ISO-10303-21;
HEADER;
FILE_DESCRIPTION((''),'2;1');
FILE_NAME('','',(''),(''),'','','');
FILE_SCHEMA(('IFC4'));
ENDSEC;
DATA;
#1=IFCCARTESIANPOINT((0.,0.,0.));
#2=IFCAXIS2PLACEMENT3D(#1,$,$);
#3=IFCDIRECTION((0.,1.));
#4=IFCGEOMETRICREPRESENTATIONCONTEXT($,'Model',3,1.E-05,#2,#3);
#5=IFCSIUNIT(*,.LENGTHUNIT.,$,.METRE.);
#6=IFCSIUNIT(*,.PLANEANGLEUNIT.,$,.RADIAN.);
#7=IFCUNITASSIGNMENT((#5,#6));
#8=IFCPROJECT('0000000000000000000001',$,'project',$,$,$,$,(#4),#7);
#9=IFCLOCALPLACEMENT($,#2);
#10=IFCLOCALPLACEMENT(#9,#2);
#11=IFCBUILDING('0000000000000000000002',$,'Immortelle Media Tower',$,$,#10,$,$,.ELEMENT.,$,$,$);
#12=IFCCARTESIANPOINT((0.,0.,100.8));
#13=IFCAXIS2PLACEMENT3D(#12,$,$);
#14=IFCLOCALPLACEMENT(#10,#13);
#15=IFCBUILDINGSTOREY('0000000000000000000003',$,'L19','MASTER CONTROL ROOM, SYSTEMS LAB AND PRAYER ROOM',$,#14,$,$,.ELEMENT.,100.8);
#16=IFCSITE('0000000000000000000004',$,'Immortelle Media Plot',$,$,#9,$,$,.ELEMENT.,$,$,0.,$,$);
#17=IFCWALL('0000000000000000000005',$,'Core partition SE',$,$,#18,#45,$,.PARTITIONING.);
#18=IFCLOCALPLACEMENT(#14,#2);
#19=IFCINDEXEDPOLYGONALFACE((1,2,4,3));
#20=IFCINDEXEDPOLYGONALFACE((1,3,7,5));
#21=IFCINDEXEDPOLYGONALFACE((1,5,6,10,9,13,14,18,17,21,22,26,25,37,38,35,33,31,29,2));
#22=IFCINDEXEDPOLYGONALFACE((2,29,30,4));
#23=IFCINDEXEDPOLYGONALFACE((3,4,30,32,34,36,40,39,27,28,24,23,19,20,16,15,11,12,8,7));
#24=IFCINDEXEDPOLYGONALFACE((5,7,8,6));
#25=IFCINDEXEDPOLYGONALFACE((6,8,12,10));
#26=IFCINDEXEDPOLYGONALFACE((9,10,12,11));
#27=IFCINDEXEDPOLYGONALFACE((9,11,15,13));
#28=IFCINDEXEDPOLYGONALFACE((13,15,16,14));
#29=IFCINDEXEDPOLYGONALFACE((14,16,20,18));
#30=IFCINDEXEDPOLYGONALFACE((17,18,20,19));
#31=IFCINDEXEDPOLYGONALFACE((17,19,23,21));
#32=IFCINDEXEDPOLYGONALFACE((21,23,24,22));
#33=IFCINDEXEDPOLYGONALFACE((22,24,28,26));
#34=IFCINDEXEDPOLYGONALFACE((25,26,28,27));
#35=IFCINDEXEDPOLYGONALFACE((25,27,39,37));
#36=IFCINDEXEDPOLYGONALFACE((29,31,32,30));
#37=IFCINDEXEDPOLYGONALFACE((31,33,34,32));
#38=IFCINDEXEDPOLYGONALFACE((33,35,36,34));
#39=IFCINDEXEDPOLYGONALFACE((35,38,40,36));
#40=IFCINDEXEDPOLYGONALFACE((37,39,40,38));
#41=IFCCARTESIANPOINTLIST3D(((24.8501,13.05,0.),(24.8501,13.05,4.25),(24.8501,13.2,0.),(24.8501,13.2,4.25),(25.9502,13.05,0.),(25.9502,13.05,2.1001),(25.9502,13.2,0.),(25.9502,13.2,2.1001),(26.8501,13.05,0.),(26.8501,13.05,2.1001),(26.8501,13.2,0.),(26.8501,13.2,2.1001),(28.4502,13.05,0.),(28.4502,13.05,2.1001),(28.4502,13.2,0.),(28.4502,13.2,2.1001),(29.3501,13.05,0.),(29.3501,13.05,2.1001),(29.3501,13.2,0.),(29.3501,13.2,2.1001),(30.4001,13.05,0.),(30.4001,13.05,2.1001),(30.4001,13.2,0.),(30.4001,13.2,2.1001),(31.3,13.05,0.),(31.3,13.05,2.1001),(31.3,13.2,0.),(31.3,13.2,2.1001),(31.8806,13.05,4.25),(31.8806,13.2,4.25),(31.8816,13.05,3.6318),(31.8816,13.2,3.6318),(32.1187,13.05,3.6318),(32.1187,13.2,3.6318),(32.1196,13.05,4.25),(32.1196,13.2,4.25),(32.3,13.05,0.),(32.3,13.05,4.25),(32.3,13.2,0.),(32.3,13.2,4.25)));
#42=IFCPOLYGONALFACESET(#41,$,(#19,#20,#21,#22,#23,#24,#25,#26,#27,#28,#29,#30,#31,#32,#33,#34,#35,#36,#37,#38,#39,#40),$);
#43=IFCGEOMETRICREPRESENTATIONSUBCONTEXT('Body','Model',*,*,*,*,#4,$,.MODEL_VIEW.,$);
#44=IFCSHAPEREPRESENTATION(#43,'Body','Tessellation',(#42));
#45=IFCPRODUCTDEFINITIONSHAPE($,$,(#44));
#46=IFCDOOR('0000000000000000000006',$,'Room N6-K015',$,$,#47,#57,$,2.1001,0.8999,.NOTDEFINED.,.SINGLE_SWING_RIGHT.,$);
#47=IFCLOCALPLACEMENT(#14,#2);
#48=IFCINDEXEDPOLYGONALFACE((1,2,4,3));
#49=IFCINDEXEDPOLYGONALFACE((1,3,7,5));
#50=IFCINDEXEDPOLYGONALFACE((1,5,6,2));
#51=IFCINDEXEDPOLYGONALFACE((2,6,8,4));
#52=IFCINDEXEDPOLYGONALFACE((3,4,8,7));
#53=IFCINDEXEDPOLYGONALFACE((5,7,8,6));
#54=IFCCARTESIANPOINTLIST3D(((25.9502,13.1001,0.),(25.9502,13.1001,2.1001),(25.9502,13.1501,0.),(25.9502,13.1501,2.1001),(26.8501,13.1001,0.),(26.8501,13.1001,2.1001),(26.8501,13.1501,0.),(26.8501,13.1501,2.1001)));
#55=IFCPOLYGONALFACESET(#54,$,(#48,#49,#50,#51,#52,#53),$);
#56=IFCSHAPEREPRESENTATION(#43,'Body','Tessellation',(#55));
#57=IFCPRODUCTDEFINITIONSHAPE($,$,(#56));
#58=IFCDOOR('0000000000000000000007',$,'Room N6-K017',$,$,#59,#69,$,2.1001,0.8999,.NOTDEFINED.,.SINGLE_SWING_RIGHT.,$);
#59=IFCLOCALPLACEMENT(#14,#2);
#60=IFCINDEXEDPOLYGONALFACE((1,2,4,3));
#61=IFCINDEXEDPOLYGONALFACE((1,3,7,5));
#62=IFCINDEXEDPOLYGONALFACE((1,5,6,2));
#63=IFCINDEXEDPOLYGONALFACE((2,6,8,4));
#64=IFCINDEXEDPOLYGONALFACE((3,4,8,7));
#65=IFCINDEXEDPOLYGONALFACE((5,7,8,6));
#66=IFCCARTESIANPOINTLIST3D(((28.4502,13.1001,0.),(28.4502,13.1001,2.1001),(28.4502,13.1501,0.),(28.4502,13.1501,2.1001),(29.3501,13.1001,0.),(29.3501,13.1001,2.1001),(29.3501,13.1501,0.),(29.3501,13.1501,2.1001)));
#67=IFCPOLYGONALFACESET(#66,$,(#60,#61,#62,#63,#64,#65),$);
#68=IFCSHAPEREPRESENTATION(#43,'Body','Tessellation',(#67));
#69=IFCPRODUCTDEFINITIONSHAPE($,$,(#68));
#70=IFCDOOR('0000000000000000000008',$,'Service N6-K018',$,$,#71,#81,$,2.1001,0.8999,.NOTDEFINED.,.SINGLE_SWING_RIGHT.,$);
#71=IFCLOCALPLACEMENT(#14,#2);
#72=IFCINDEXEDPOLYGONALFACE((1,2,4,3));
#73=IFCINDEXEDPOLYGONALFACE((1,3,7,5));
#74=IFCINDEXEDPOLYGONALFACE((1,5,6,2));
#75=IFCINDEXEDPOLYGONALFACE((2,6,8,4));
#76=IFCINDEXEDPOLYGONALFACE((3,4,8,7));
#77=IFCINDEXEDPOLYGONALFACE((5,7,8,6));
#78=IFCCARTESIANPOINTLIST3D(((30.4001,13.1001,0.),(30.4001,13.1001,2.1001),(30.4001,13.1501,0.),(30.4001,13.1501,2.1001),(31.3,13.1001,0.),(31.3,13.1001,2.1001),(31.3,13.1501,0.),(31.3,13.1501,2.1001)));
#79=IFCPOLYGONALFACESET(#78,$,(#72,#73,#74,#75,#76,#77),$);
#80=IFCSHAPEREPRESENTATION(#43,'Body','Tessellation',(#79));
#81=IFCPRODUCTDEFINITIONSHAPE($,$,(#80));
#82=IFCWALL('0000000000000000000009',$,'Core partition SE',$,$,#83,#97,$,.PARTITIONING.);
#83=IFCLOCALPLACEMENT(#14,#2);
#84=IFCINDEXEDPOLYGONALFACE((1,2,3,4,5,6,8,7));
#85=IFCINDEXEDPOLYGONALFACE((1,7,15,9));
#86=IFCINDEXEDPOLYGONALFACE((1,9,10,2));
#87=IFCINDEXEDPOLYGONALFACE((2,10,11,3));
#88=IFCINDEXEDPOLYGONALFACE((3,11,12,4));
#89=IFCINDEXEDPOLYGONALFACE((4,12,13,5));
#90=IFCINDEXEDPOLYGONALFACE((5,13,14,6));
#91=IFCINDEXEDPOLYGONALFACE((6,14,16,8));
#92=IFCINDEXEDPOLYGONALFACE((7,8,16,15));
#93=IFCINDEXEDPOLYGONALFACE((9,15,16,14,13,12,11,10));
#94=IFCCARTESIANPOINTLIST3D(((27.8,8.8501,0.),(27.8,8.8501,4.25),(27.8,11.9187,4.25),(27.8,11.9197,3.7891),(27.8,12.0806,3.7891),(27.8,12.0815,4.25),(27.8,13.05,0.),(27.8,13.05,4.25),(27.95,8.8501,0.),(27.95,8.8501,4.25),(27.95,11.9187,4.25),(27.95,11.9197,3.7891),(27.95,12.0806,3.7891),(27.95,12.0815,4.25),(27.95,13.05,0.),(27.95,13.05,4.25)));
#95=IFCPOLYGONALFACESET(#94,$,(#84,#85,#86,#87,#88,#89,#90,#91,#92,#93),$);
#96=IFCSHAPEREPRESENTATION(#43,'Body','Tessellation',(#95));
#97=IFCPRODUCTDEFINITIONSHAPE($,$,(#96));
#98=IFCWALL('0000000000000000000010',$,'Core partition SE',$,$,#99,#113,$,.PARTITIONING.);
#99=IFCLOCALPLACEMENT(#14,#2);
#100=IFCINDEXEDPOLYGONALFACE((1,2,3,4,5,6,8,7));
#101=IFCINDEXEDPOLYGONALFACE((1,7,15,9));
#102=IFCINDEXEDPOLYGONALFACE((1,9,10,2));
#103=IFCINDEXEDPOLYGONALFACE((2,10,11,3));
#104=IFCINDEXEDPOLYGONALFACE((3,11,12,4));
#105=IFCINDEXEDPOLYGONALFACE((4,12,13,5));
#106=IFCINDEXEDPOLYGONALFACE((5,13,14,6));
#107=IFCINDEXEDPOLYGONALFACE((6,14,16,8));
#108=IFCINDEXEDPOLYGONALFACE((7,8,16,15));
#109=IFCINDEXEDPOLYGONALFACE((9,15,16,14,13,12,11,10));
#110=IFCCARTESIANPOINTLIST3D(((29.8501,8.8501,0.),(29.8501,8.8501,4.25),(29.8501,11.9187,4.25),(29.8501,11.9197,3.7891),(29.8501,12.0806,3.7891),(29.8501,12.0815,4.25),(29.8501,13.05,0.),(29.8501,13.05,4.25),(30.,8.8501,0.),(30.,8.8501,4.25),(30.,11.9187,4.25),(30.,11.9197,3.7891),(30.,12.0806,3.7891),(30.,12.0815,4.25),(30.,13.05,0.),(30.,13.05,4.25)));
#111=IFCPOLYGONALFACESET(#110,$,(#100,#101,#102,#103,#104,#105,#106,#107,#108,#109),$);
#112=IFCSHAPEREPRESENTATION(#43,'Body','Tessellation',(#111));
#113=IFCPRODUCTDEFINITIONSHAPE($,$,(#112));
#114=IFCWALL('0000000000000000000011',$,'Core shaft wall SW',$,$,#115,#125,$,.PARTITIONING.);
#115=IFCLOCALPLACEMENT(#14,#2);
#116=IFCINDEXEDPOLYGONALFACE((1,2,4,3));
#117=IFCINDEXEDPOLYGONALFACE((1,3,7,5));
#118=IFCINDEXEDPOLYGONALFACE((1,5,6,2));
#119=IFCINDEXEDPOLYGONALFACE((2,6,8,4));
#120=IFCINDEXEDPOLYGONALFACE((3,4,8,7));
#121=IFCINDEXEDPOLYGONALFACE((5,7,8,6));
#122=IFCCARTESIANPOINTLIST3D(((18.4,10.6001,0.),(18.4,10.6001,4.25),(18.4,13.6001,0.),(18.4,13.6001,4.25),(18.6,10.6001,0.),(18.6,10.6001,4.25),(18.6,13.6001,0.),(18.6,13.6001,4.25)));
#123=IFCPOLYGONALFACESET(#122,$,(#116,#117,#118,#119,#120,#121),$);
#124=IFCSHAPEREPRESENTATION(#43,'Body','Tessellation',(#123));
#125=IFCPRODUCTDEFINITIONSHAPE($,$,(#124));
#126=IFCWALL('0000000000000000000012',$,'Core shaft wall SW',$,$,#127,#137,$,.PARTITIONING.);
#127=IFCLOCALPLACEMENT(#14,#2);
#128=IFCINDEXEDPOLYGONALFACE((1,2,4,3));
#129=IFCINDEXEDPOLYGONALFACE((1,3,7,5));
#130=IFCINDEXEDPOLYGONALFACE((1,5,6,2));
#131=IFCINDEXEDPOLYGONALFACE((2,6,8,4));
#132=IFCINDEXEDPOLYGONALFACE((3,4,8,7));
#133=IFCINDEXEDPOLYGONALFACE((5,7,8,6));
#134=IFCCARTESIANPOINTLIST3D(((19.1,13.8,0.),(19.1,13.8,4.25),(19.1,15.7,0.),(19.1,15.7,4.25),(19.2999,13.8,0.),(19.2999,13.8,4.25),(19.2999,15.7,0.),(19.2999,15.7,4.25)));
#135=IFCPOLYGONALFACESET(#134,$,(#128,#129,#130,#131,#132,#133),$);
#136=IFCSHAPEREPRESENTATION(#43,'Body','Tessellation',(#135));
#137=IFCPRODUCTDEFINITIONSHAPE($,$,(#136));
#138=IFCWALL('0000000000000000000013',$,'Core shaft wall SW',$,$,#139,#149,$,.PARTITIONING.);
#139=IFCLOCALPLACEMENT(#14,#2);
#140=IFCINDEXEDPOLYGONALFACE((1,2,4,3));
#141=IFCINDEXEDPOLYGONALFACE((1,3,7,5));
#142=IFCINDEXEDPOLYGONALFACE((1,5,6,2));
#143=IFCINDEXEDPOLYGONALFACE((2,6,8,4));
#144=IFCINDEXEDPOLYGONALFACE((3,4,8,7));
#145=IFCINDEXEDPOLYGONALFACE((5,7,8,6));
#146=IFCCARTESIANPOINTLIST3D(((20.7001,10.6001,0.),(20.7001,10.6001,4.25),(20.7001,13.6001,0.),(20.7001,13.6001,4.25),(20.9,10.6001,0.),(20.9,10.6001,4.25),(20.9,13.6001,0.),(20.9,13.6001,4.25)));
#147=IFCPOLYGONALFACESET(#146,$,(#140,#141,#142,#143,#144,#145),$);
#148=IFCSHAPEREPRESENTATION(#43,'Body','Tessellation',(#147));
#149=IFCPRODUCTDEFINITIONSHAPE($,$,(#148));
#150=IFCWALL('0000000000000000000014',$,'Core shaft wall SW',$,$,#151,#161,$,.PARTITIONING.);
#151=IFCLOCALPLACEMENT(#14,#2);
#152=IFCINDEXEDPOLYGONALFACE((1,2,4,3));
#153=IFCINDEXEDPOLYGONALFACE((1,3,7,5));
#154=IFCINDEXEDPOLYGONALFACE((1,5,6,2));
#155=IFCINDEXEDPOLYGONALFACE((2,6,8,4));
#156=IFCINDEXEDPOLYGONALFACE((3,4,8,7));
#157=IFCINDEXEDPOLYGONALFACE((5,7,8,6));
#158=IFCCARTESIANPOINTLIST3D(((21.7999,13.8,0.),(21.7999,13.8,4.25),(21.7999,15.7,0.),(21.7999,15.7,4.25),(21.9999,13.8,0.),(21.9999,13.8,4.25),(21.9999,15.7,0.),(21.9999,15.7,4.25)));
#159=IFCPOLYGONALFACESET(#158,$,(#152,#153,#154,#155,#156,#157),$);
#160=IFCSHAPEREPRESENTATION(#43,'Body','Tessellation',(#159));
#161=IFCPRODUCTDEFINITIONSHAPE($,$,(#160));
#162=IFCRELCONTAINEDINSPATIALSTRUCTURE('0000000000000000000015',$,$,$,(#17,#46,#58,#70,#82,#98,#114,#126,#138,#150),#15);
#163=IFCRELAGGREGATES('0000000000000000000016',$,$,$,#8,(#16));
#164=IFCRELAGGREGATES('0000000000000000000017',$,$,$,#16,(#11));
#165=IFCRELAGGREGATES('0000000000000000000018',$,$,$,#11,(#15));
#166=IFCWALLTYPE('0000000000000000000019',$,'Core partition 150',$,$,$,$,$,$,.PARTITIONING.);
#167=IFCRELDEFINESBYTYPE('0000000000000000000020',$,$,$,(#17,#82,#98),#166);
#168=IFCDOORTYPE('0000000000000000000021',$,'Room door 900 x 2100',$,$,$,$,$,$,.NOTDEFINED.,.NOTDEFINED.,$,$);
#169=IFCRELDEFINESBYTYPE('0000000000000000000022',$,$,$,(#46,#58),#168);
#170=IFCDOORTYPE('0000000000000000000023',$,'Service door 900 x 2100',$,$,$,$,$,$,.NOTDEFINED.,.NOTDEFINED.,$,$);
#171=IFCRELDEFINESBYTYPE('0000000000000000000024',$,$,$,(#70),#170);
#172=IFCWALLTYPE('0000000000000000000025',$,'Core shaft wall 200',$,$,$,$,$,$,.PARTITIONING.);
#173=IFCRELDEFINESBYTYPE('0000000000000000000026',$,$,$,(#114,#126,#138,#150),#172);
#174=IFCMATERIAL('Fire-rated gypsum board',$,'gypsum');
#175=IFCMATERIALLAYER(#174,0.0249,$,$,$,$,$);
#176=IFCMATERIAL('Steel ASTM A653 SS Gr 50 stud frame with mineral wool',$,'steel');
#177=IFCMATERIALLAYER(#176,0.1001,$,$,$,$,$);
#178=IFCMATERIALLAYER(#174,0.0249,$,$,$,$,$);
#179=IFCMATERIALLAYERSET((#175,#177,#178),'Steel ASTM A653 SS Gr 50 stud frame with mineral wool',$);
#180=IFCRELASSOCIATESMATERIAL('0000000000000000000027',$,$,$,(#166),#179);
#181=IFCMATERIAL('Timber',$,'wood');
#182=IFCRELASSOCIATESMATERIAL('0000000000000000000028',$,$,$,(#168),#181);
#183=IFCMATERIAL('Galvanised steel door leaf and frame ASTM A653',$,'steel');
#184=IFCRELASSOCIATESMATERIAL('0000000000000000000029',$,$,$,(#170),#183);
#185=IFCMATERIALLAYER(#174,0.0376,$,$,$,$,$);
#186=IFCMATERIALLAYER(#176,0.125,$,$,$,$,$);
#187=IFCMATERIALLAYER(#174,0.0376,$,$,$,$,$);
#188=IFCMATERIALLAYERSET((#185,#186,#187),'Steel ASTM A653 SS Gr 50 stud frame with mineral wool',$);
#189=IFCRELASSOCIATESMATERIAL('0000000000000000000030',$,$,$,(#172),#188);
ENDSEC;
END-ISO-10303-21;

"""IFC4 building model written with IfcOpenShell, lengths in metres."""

from ifc_helpers import new_model, si_unit, direction, frame, frame_2d, origin, place, context, subcontext, project, spatial, polyline, rectangle, outline, extrude, material, layer, layer_set, type_object, element, fill, save


model = new_model("IFC4")

# Units and contexts
model_context = context("Model", 3, precision=1e-05, world=origin(), true_north=direction((0.0, 1.0)))
body_context = subcontext(model_context, "Body", "Model", "MODEL_VIEW")
ifc_project = project(units=[si_unit("LENGTHUNIT", "METRE"), si_unit("PLANEANGLEUNIT", "RADIAN")], contexts=[model_context])

# Site, building, storey
site_placement = place(None, origin())
site = spatial("IfcSite", under=ifc_project, at=site_placement, Name="Immortelle Media Plot", CompositionType="ELEMENT", RefElevation=0.0)
building_placement = place(site_placement, origin())
building = spatial("IfcBuilding", under=site, at=building_placement, Name="Immortelle Media Tower", CompositionType="ELEMENT")
storey_placement = place(building_placement, frame((0.0, 0.0, 100.8)))
storey = spatial("IfcBuildingStorey", under=building, at=storey_placement, Name="L19", Description="MASTER CONTROL ROOM, SYSTEMS LAB AND PRAYER ROOM", CompositionType="ELEMENT", Elevation=100.8)

# Wall, openings, doors
ifc_material_1 = material(Name="Fire-rated gypsum board", Category="gypsum")
ifc_layer_1 = layer(ifc_material_1, 0.0249)
ifc_material_2 = material(Name="Steel ASTM A653 SS Gr 50 stud frame with mineral wool", Category="steel")
ifc_layer_2 = layer(ifc_material_2, 0.1001)
ifc_layer_3 = layer(ifc_material_1, 0.0249)
ifc_layer_set_1 = layer_set([ifc_layer_1, ifc_layer_2, ifc_layer_3], Name="Steel ASTM A653 SS Gr 50 stud frame with mineral wool")
wall_type_1 = type_object("IfcWallType", Name="Core partition 150", PredefinedType="PARTITIONING", material=ifc_layer_set_1)
wall_1_placement = place(storey_placement, frame((24.8501, 13.125, 0.0), z_axis=(0.0, 0.0, 1.0), x_axis=(1.0, 0.0, 0.0)))
wall_1 = element("IfcWall", 1, at=wall_1_placement, inside=storey, type_object=wall_type_1, Name="Core partition SE", PredefinedType="PARTITIONING", context=body_context, shape_type="SweptSolid", body=[
    extrude(outline(polyline([(0.0, 0.0), (7.45, 0.0), (7.45, 4.25), (7.2695, 4.25), (7.2686, 3.6318), (7.0315, 3.6318), (7.0305, 4.25), (0.0, 4.25), (0.0, 0.0)])), frame((0.0, 0.075, 0.0), z_axis=(0.0, -1.0, 0.0), x_axis=(1.0, 0.0, 0.0)), (0.0, 0.0, 1.0), 0.1499),
])
opening_1_placement = place(wall_1_placement, frame((2.0, 0.0, 0.0), z_axis=(0.0, 0.0, 1.0), x_axis=(-1.0, 0.0, 0.0)))
opening_1 = element("IfcOpeningElement", 2, at=opening_1_placement, cuts=wall_1, PredefinedType="OPENING", context=body_context, shape_type="SweptSolid", body=[
    extrude(rectangle(XDim=0.8999, YDim=2.1001, at=frame_2d((0.45, 1.05))), frame((0.0, 0.085, 0.0), z_axis=(0.0, -1.0, 0.0), x_axis=(1.0, 0.0, 0.0)), (0.0, 0.0, 1.0), 0.1699),
])
opening_2_placement = place(wall_1_placement, frame((4.5, 0.0, 0.0), z_axis=(0.0, 0.0, 1.0), x_axis=(-1.0, 0.0, 0.0)))
opening_2 = element("IfcOpeningElement", 3, at=opening_2_placement, cuts=wall_1, PredefinedType="OPENING", context=body_context, shape_type="SweptSolid", body=[
    extrude(rectangle(XDim=0.8999, YDim=2.1001, at=frame_2d((0.45, 1.05))), frame((0.0, 0.085, 0.0), z_axis=(0.0, -1.0, 0.0), x_axis=(1.0, 0.0, 0.0)), (0.0, 0.0, 1.0), 0.1699),
])
opening_3_placement = place(wall_1_placement, frame((6.45, 0.0, 0.0), z_axis=(0.0, 0.0, 1.0), x_axis=(-1.0, 0.0, 0.0)))
opening_3 = element("IfcOpeningElement", 4, at=opening_3_placement, cuts=wall_1, PredefinedType="OPENING", context=body_context, shape_type="SweptSolid", body=[
    extrude(rectangle(XDim=0.8999, YDim=2.1001, at=frame_2d((0.45, 1.05))), frame((0.0, 0.085, 0.0), z_axis=(0.0, -1.0, 0.0), x_axis=(1.0, 0.0, 0.0)), (0.0, 0.0, 1.0), 0.1699),
])
ifc_material_3 = material(Name="Timber", Category="wood")
door_type_1 = type_object("IfcDoorType", Name="Room door 900 x 2100", OperationType="NOTDEFINED", PredefinedType="NOTDEFINED", material=ifc_material_3)
door_1_placement = place(opening_1_placement, origin())
door_1 = element("IfcDoor", 5, at=door_1_placement, inside=storey, type_object=door_type_1, Name="Room N6-K015", OperationType="SINGLE_SWING_RIGHT", OverallHeight=2.1001, OverallWidth=0.8999, PredefinedType="NOTDEFINED", context=body_context, shape_type="SweptSolid", body=[
    extrude(rectangle(XDim=0.8999, YDim=2.1001, at=frame_2d((0.45, 1.05))), frame((0.0, 0.0249, 0.0), z_axis=(0.0, -1.0, 0.0), x_axis=(1.0, 0.0, 0.0)), (0.0, 0.0, 1.0), 0.05),
])
fill(opening_1, door_1)
door_2_placement = place(opening_2_placement, origin())
door_2 = element("IfcDoor", 6, at=door_2_placement, inside=storey, type_object=door_type_1, Name="Room N6-K017", OperationType="SINGLE_SWING_RIGHT", OverallHeight=2.1001, OverallWidth=0.8999, PredefinedType="NOTDEFINED", context=body_context, shape_type="SweptSolid", body=[
    extrude(rectangle(XDim=0.8999, YDim=2.1001, at=frame_2d((0.45, 1.05))), frame((0.0, 0.0249, 0.0), z_axis=(0.0, -1.0, 0.0), x_axis=(1.0, 0.0, 0.0)), (0.0, 0.0, 1.0), 0.05),
])
fill(opening_2, door_2)
ifc_material_4 = material(Name="Galvanised steel door leaf and frame ASTM A653", Category="steel")
door_type_2 = type_object("IfcDoorType", Name="Service door 900 x 2100", OperationType="NOTDEFINED", PredefinedType="NOTDEFINED", material=ifc_material_4)
door_3_placement = place(opening_3_placement, origin())
door_3 = element("IfcDoor", 7, at=door_3_placement, inside=storey, type_object=door_type_2, Name="Service N6-K018", OperationType="SINGLE_SWING_RIGHT", OverallHeight=2.1001, OverallWidth=0.8999, PredefinedType="NOTDEFINED", context=body_context, shape_type="SweptSolid", body=[
    extrude(rectangle(XDim=0.8999, YDim=2.1001, at=frame_2d((0.45, 1.05))), frame((0.0, 0.0249, 0.0), z_axis=(0.0, -1.0, 0.0), x_axis=(1.0, 0.0, 0.0)), (0.0, 0.0, 1.0), 0.05),
])
fill(opening_3, door_3)

# Walls
for number, where, z_axis, x_axis, name in (
    (8, (27.875, 8.8501, 0.0), (0.0, 0.0, 1.0), (0.0, 1.0, 0.0), "Core partition SE"),
    (9, (29.925, 8.8501, 0.0), (0.0, 0.0, 1.0), (0.0, 1.0, 0.0), "Core partition SE"),
):
    element("IfcWall", number, at=place(storey_placement, frame(where, z_axis=z_axis, x_axis=x_axis)), inside=storey, type_object=wall_type_1, Name=name, PredefinedType="PARTITIONING", context=body_context, shape_type="SweptSolid", body=[
        extrude(outline(polyline([(0.0, 0.0), (4.2, 0.0), (4.2, 4.25), (3.2314, 4.25), (3.2305, 3.7891), (3.0696, 3.7891), (3.0686, 4.25), (0.0, 4.25), (0.0, 0.0)])), frame((0.0, 0.075, 0.0), z_axis=(0.0, -1.0, 0.0), x_axis=(1.0, 0.0, 0.0)), (0.0, 0.0, 1.0), 0.1499),
    ])
ifc_layer_4 = layer(ifc_material_1, 0.0376)
ifc_layer_5 = layer(ifc_material_2, 0.125)
ifc_layer_6 = layer(ifc_material_1, 0.0376)
ifc_layer_set_2 = layer_set([ifc_layer_4, ifc_layer_5, ifc_layer_6], Name="Steel ASTM A653 SS Gr 50 stud frame with mineral wool")
wall_type_2 = type_object("IfcWallType", Name="Core shaft wall 200", PredefinedType="PARTITIONING", material=ifc_layer_set_2)
wall_2_placement = place(storey_placement, frame((18.5, 10.6001, 0.0), z_axis=(0.0, 0.0, 1.0), x_axis=(0.0, 1.0, 0.0)))
element("IfcWall", 10, at=wall_2_placement, inside=storey, type_object=wall_type_2, Name="Core shaft wall SW", PredefinedType="PARTITIONING", context=body_context, shape_type="SweptSolid", body=[
    extrude(rectangle(XDim=3.0, YDim=0.2, at=frame_2d((1.5, 0.0))), origin(), (0.0, 0.0, 1.0), 4.25),
])
wall_3_placement = place(storey_placement, frame((19.2, 13.8, 0.0), z_axis=(0.0, 0.0, 1.0), x_axis=(0.0, 1.0, 0.0)))
element("IfcWall", 11, at=wall_3_placement, inside=storey, type_object=wall_type_2, Name="Core shaft wall SW", PredefinedType="PARTITIONING", context=body_context, shape_type="SweptSolid", body=[
    extrude(rectangle(XDim=1.8999, YDim=0.2, at=frame_2d((0.95, 0.0))), origin(), (0.0, 0.0, 1.0), 4.25),
])
wall_4_placement = place(storey_placement, frame((20.8, 10.6001, 0.0), z_axis=(0.0, 0.0, 1.0), x_axis=(0.0, 1.0, 0.0)))
element("IfcWall", 12, at=wall_4_placement, inside=storey, type_object=wall_type_2, Name="Core shaft wall SW", PredefinedType="PARTITIONING", context=body_context, shape_type="SweptSolid", body=[
    extrude(rectangle(XDim=3.0, YDim=0.2, at=frame_2d((1.5, 0.0))), origin(), (0.0, 0.0, 1.0), 4.25),
])
wall_5_placement = place(storey_placement, frame((21.8999, 13.8, 0.0), z_axis=(0.0, 0.0, 1.0), x_axis=(0.0, 1.0, 0.0)))
element("IfcWall", 13, at=wall_5_placement, inside=storey, type_object=wall_type_2, Name="Core shaft wall SW", PredefinedType="PARTITIONING", context=body_context, shape_type="SweptSolid", body=[
    extrude(rectangle(XDim=1.8999, YDim=0.2, at=frame_2d((0.95, 0.0))), origin(), (0.0, 0.0, 1.0), 4.25),
])

save(model, "model.ifc")
